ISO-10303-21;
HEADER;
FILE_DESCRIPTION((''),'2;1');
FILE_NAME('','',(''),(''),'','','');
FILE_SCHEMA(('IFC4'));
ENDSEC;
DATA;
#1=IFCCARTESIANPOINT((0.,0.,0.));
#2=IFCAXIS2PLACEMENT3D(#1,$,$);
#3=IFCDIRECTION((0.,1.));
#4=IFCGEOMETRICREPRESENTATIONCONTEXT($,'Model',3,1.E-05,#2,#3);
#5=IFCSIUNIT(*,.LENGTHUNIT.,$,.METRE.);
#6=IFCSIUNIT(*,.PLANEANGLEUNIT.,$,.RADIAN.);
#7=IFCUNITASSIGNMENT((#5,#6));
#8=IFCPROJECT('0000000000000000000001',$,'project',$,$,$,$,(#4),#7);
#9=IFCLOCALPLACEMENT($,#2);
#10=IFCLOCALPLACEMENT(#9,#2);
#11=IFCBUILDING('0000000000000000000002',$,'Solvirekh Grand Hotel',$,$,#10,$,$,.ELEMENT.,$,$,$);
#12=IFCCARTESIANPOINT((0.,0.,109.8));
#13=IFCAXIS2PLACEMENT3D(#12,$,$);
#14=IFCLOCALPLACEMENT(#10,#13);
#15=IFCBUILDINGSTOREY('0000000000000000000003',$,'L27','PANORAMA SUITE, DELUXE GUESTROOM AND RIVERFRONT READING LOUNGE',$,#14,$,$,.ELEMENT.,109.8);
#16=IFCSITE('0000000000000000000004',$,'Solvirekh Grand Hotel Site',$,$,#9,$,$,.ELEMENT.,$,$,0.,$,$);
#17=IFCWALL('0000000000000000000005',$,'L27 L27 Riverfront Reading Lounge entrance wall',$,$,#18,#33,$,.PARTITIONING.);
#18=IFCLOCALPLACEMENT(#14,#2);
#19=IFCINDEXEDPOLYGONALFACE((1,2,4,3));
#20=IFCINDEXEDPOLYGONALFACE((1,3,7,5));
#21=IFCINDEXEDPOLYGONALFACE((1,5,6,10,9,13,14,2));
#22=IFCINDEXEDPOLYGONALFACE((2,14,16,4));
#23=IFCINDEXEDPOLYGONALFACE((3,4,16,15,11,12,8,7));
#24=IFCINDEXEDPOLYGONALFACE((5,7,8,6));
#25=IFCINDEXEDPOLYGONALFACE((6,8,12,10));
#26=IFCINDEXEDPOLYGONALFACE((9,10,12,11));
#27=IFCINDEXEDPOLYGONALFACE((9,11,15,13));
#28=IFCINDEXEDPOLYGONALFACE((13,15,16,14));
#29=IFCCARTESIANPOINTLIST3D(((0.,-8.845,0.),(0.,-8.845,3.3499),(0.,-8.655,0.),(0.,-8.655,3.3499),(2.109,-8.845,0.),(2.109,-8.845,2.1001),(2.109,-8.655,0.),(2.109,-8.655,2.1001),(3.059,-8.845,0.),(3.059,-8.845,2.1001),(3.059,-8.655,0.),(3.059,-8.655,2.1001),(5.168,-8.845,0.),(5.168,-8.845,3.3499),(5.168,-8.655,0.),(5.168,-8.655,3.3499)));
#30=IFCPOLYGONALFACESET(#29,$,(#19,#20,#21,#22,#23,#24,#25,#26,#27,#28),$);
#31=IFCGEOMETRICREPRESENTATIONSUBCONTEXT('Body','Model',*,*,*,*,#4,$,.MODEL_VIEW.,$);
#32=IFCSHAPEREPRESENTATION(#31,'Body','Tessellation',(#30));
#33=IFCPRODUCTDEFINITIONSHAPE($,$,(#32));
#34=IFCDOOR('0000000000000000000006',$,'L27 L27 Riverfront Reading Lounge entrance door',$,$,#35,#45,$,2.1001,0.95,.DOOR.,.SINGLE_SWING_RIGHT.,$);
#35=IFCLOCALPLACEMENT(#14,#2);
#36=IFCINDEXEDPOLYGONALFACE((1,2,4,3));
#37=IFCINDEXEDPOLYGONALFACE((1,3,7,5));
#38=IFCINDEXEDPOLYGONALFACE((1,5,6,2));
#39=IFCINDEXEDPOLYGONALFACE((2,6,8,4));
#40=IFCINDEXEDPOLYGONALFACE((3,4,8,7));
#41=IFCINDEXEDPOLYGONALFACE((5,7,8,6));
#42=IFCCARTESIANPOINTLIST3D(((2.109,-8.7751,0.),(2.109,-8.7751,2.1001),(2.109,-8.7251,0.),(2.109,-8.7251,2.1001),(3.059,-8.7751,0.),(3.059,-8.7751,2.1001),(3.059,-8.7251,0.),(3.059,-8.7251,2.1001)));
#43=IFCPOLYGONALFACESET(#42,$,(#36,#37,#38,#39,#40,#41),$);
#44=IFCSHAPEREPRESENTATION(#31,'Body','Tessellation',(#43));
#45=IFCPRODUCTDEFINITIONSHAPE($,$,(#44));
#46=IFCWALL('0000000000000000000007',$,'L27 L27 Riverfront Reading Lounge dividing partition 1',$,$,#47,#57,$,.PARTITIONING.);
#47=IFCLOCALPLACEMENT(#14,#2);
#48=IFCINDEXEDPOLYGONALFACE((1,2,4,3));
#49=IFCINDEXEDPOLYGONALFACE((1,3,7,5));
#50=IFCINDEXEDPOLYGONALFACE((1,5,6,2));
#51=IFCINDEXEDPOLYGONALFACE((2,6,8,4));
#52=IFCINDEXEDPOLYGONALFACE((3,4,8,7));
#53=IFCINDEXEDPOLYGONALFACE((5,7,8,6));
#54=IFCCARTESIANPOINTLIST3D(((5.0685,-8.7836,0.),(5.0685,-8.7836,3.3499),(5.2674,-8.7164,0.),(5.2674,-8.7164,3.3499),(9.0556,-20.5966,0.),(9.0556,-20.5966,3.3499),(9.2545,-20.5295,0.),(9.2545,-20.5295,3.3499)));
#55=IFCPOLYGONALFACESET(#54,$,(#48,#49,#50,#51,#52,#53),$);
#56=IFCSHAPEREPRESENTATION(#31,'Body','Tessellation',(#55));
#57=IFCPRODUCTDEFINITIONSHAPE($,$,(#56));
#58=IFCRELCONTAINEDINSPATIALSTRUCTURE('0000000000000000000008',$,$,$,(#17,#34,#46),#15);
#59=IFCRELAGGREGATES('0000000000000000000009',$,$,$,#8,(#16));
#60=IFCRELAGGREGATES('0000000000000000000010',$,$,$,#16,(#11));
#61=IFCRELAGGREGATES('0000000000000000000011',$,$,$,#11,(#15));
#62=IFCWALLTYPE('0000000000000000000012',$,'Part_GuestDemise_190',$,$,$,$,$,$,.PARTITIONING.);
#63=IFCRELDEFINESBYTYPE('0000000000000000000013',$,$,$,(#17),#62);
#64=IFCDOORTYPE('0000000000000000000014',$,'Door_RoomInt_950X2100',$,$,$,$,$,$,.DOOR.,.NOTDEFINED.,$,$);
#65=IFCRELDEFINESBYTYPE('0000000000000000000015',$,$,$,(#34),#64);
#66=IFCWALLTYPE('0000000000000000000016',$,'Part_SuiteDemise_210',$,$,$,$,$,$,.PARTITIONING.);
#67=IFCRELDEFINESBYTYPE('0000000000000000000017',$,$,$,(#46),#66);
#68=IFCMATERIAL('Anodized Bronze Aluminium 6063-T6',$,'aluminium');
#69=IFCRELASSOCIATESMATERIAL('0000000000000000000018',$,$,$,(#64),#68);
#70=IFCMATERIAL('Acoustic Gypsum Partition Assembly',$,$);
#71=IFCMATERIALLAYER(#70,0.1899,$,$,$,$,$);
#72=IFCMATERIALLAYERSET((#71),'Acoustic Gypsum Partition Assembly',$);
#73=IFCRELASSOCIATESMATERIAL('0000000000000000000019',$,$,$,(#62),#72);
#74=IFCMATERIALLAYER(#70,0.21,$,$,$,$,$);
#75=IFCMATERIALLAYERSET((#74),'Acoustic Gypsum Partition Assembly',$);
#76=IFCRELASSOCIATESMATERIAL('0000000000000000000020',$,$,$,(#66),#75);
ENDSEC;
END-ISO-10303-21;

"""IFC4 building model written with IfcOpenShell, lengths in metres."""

from ifc_helpers import new_model, si_unit, direction, frame, frame_2d, origin, place, context, subcontext, project, spatial, rectangle, extrude, material, layer, layer_set, type_object, element, fill, save


model = new_model("IFC4")

# Units and contexts
model_context = context("Model", 3, precision=1e-05, world=origin(), true_north=direction((0.0, 1.0)))
body_context = subcontext(model_context, "Body", "Model", "MODEL_VIEW")
ifc_project = project(units=[si_unit("LENGTHUNIT", "METRE"), si_unit("PLANEANGLEUNIT", "RADIAN")], contexts=[model_context])

# Site, building, storey
site_placement = place(None, origin())
site = spatial("IfcSite", under=ifc_project, at=site_placement, Name="Solvirekh Grand Hotel Site", CompositionType="ELEMENT", RefElevation=0.0)
building_placement = place(site_placement, origin())
building = spatial("IfcBuilding", under=site, at=building_placement, Name="Solvirekh Grand Hotel", CompositionType="ELEMENT")
storey_placement = place(building_placement, frame((0.0, 0.0, 109.8)))
storey = spatial("IfcBuildingStorey", under=building, at=storey_placement, Name="L27", Description="PANORAMA SUITE, DELUXE GUESTROOM AND RIVERFRONT READING LOUNGE", CompositionType="ELEMENT", Elevation=109.8)

# Shared definitions
ifc_material_1 = material(Name="Anodized Bronze Aluminium 6063-T6", Category="aluminium")

# Wall, opening, door
ifc_material_2 = material(Name="Acoustic Gypsum Partition Assembly")
door_type = type_object("IfcDoorType", Name="Door_RoomInt_950X2100", OperationType="NOTDEFINED", PredefinedType="DOOR", material=ifc_material_1)
ifc_layer_1 = layer(ifc_material_2, 0.1899)
ifc_layer_set_1 = layer_set([ifc_layer_1], Name="Acoustic Gypsum Partition Assembly")
wall_type_1 = type_object("IfcWallType", Name="Part_GuestDemise_190", PredefinedType="PARTITIONING", material=ifc_layer_set_1)
wall_1_placement = place(storey_placement, frame((0.0, -8.75, 0.0), z_axis=(0.0, 0.0, 1.0), x_axis=(1.0, 0.0, 0.0)))
wall_1 = element("IfcWall", 1, at=wall_1_placement, inside=storey, type_object=wall_type_1, Name="L27 L27 Riverfront Reading Lounge entrance wall", PredefinedType="PARTITIONING", context=body_context, shape_type="SweptSolid", body=[
    extrude(rectangle(XDim=5.168, YDim=0.1899, at=frame_2d((2.584, 0.0))), origin(), (0.0, 0.0, 1.0), 3.3499),
])
opening_1_placement = place(wall_1_placement, frame((2.1089, 0.0, 0.0)))
opening_1 = element("IfcOpeningElement", 2, at=opening_1_placement, cuts=wall_1, PredefinedType="OPENING", context=body_context, shape_type="SweptSolid", body=[
    extrude(rectangle(XDim=0.95, YDim=2.1001, at=frame_2d((0.4751, 1.05))), frame((0.0, 0.105, 0.0), z_axis=(0.0, -1.0, 0.0), x_axis=(1.0, 0.0, 0.0)), (0.0, 0.0, 1.0), 0.21),
])
door_1_placement = place(opening_1_placement, origin())
door_1 = element("IfcDoor", 3, at=door_1_placement, inside=storey, type_object=door_type, Name="L27 L27 Riverfront Reading Lounge entrance door", OperationType="SINGLE_SWING_RIGHT", OverallHeight=2.1001, OverallWidth=0.95, PredefinedType="DOOR", context=body_context, shape_type="SweptSolid", body=[
    extrude(rectangle(XDim=0.95, YDim=2.1001, at=frame_2d((0.4751, 1.05))), frame((0.0, 0.0249, 0.0), z_axis=(0.0, -1.0, 0.0), x_axis=(1.0, 0.0, 0.0)), (0.0, 0.0, 1.0), 0.05),
])
fill(opening_1, door_1)

# Wall
ifc_layer_2 = layer(ifc_material_2, 0.21)
ifc_layer_set_2 = layer_set([ifc_layer_2], Name="Acoustic Gypsum Partition Assembly")
wall_type_2 = type_object("IfcWallType", Name="Part_SuiteDemise_210", PredefinedType="PARTITIONING", material=ifc_layer_set_2)
wall_2_placement = place(storey_placement, frame((5.168, -8.75, 0.0), z_axis=(0.0, 0.0, 1.0), x_axis=(0.319791, -0.947488, 0.0)))
element("IfcWall", 4, at=wall_2_placement, inside=storey, type_object=wall_type_2, Name="L27 L27 Riverfront Reading Lounge dividing partition 1", PredefinedType="PARTITIONING", context=body_context, shape_type="SweptSolid", body=[
    extrude(rectangle(XDim=12.4678, YDim=0.21, at=frame_2d((6.2339, 0.0))), origin(), (0.0, 0.0, 1.0), 3.3499),
])

save(model, "model.ifc")
